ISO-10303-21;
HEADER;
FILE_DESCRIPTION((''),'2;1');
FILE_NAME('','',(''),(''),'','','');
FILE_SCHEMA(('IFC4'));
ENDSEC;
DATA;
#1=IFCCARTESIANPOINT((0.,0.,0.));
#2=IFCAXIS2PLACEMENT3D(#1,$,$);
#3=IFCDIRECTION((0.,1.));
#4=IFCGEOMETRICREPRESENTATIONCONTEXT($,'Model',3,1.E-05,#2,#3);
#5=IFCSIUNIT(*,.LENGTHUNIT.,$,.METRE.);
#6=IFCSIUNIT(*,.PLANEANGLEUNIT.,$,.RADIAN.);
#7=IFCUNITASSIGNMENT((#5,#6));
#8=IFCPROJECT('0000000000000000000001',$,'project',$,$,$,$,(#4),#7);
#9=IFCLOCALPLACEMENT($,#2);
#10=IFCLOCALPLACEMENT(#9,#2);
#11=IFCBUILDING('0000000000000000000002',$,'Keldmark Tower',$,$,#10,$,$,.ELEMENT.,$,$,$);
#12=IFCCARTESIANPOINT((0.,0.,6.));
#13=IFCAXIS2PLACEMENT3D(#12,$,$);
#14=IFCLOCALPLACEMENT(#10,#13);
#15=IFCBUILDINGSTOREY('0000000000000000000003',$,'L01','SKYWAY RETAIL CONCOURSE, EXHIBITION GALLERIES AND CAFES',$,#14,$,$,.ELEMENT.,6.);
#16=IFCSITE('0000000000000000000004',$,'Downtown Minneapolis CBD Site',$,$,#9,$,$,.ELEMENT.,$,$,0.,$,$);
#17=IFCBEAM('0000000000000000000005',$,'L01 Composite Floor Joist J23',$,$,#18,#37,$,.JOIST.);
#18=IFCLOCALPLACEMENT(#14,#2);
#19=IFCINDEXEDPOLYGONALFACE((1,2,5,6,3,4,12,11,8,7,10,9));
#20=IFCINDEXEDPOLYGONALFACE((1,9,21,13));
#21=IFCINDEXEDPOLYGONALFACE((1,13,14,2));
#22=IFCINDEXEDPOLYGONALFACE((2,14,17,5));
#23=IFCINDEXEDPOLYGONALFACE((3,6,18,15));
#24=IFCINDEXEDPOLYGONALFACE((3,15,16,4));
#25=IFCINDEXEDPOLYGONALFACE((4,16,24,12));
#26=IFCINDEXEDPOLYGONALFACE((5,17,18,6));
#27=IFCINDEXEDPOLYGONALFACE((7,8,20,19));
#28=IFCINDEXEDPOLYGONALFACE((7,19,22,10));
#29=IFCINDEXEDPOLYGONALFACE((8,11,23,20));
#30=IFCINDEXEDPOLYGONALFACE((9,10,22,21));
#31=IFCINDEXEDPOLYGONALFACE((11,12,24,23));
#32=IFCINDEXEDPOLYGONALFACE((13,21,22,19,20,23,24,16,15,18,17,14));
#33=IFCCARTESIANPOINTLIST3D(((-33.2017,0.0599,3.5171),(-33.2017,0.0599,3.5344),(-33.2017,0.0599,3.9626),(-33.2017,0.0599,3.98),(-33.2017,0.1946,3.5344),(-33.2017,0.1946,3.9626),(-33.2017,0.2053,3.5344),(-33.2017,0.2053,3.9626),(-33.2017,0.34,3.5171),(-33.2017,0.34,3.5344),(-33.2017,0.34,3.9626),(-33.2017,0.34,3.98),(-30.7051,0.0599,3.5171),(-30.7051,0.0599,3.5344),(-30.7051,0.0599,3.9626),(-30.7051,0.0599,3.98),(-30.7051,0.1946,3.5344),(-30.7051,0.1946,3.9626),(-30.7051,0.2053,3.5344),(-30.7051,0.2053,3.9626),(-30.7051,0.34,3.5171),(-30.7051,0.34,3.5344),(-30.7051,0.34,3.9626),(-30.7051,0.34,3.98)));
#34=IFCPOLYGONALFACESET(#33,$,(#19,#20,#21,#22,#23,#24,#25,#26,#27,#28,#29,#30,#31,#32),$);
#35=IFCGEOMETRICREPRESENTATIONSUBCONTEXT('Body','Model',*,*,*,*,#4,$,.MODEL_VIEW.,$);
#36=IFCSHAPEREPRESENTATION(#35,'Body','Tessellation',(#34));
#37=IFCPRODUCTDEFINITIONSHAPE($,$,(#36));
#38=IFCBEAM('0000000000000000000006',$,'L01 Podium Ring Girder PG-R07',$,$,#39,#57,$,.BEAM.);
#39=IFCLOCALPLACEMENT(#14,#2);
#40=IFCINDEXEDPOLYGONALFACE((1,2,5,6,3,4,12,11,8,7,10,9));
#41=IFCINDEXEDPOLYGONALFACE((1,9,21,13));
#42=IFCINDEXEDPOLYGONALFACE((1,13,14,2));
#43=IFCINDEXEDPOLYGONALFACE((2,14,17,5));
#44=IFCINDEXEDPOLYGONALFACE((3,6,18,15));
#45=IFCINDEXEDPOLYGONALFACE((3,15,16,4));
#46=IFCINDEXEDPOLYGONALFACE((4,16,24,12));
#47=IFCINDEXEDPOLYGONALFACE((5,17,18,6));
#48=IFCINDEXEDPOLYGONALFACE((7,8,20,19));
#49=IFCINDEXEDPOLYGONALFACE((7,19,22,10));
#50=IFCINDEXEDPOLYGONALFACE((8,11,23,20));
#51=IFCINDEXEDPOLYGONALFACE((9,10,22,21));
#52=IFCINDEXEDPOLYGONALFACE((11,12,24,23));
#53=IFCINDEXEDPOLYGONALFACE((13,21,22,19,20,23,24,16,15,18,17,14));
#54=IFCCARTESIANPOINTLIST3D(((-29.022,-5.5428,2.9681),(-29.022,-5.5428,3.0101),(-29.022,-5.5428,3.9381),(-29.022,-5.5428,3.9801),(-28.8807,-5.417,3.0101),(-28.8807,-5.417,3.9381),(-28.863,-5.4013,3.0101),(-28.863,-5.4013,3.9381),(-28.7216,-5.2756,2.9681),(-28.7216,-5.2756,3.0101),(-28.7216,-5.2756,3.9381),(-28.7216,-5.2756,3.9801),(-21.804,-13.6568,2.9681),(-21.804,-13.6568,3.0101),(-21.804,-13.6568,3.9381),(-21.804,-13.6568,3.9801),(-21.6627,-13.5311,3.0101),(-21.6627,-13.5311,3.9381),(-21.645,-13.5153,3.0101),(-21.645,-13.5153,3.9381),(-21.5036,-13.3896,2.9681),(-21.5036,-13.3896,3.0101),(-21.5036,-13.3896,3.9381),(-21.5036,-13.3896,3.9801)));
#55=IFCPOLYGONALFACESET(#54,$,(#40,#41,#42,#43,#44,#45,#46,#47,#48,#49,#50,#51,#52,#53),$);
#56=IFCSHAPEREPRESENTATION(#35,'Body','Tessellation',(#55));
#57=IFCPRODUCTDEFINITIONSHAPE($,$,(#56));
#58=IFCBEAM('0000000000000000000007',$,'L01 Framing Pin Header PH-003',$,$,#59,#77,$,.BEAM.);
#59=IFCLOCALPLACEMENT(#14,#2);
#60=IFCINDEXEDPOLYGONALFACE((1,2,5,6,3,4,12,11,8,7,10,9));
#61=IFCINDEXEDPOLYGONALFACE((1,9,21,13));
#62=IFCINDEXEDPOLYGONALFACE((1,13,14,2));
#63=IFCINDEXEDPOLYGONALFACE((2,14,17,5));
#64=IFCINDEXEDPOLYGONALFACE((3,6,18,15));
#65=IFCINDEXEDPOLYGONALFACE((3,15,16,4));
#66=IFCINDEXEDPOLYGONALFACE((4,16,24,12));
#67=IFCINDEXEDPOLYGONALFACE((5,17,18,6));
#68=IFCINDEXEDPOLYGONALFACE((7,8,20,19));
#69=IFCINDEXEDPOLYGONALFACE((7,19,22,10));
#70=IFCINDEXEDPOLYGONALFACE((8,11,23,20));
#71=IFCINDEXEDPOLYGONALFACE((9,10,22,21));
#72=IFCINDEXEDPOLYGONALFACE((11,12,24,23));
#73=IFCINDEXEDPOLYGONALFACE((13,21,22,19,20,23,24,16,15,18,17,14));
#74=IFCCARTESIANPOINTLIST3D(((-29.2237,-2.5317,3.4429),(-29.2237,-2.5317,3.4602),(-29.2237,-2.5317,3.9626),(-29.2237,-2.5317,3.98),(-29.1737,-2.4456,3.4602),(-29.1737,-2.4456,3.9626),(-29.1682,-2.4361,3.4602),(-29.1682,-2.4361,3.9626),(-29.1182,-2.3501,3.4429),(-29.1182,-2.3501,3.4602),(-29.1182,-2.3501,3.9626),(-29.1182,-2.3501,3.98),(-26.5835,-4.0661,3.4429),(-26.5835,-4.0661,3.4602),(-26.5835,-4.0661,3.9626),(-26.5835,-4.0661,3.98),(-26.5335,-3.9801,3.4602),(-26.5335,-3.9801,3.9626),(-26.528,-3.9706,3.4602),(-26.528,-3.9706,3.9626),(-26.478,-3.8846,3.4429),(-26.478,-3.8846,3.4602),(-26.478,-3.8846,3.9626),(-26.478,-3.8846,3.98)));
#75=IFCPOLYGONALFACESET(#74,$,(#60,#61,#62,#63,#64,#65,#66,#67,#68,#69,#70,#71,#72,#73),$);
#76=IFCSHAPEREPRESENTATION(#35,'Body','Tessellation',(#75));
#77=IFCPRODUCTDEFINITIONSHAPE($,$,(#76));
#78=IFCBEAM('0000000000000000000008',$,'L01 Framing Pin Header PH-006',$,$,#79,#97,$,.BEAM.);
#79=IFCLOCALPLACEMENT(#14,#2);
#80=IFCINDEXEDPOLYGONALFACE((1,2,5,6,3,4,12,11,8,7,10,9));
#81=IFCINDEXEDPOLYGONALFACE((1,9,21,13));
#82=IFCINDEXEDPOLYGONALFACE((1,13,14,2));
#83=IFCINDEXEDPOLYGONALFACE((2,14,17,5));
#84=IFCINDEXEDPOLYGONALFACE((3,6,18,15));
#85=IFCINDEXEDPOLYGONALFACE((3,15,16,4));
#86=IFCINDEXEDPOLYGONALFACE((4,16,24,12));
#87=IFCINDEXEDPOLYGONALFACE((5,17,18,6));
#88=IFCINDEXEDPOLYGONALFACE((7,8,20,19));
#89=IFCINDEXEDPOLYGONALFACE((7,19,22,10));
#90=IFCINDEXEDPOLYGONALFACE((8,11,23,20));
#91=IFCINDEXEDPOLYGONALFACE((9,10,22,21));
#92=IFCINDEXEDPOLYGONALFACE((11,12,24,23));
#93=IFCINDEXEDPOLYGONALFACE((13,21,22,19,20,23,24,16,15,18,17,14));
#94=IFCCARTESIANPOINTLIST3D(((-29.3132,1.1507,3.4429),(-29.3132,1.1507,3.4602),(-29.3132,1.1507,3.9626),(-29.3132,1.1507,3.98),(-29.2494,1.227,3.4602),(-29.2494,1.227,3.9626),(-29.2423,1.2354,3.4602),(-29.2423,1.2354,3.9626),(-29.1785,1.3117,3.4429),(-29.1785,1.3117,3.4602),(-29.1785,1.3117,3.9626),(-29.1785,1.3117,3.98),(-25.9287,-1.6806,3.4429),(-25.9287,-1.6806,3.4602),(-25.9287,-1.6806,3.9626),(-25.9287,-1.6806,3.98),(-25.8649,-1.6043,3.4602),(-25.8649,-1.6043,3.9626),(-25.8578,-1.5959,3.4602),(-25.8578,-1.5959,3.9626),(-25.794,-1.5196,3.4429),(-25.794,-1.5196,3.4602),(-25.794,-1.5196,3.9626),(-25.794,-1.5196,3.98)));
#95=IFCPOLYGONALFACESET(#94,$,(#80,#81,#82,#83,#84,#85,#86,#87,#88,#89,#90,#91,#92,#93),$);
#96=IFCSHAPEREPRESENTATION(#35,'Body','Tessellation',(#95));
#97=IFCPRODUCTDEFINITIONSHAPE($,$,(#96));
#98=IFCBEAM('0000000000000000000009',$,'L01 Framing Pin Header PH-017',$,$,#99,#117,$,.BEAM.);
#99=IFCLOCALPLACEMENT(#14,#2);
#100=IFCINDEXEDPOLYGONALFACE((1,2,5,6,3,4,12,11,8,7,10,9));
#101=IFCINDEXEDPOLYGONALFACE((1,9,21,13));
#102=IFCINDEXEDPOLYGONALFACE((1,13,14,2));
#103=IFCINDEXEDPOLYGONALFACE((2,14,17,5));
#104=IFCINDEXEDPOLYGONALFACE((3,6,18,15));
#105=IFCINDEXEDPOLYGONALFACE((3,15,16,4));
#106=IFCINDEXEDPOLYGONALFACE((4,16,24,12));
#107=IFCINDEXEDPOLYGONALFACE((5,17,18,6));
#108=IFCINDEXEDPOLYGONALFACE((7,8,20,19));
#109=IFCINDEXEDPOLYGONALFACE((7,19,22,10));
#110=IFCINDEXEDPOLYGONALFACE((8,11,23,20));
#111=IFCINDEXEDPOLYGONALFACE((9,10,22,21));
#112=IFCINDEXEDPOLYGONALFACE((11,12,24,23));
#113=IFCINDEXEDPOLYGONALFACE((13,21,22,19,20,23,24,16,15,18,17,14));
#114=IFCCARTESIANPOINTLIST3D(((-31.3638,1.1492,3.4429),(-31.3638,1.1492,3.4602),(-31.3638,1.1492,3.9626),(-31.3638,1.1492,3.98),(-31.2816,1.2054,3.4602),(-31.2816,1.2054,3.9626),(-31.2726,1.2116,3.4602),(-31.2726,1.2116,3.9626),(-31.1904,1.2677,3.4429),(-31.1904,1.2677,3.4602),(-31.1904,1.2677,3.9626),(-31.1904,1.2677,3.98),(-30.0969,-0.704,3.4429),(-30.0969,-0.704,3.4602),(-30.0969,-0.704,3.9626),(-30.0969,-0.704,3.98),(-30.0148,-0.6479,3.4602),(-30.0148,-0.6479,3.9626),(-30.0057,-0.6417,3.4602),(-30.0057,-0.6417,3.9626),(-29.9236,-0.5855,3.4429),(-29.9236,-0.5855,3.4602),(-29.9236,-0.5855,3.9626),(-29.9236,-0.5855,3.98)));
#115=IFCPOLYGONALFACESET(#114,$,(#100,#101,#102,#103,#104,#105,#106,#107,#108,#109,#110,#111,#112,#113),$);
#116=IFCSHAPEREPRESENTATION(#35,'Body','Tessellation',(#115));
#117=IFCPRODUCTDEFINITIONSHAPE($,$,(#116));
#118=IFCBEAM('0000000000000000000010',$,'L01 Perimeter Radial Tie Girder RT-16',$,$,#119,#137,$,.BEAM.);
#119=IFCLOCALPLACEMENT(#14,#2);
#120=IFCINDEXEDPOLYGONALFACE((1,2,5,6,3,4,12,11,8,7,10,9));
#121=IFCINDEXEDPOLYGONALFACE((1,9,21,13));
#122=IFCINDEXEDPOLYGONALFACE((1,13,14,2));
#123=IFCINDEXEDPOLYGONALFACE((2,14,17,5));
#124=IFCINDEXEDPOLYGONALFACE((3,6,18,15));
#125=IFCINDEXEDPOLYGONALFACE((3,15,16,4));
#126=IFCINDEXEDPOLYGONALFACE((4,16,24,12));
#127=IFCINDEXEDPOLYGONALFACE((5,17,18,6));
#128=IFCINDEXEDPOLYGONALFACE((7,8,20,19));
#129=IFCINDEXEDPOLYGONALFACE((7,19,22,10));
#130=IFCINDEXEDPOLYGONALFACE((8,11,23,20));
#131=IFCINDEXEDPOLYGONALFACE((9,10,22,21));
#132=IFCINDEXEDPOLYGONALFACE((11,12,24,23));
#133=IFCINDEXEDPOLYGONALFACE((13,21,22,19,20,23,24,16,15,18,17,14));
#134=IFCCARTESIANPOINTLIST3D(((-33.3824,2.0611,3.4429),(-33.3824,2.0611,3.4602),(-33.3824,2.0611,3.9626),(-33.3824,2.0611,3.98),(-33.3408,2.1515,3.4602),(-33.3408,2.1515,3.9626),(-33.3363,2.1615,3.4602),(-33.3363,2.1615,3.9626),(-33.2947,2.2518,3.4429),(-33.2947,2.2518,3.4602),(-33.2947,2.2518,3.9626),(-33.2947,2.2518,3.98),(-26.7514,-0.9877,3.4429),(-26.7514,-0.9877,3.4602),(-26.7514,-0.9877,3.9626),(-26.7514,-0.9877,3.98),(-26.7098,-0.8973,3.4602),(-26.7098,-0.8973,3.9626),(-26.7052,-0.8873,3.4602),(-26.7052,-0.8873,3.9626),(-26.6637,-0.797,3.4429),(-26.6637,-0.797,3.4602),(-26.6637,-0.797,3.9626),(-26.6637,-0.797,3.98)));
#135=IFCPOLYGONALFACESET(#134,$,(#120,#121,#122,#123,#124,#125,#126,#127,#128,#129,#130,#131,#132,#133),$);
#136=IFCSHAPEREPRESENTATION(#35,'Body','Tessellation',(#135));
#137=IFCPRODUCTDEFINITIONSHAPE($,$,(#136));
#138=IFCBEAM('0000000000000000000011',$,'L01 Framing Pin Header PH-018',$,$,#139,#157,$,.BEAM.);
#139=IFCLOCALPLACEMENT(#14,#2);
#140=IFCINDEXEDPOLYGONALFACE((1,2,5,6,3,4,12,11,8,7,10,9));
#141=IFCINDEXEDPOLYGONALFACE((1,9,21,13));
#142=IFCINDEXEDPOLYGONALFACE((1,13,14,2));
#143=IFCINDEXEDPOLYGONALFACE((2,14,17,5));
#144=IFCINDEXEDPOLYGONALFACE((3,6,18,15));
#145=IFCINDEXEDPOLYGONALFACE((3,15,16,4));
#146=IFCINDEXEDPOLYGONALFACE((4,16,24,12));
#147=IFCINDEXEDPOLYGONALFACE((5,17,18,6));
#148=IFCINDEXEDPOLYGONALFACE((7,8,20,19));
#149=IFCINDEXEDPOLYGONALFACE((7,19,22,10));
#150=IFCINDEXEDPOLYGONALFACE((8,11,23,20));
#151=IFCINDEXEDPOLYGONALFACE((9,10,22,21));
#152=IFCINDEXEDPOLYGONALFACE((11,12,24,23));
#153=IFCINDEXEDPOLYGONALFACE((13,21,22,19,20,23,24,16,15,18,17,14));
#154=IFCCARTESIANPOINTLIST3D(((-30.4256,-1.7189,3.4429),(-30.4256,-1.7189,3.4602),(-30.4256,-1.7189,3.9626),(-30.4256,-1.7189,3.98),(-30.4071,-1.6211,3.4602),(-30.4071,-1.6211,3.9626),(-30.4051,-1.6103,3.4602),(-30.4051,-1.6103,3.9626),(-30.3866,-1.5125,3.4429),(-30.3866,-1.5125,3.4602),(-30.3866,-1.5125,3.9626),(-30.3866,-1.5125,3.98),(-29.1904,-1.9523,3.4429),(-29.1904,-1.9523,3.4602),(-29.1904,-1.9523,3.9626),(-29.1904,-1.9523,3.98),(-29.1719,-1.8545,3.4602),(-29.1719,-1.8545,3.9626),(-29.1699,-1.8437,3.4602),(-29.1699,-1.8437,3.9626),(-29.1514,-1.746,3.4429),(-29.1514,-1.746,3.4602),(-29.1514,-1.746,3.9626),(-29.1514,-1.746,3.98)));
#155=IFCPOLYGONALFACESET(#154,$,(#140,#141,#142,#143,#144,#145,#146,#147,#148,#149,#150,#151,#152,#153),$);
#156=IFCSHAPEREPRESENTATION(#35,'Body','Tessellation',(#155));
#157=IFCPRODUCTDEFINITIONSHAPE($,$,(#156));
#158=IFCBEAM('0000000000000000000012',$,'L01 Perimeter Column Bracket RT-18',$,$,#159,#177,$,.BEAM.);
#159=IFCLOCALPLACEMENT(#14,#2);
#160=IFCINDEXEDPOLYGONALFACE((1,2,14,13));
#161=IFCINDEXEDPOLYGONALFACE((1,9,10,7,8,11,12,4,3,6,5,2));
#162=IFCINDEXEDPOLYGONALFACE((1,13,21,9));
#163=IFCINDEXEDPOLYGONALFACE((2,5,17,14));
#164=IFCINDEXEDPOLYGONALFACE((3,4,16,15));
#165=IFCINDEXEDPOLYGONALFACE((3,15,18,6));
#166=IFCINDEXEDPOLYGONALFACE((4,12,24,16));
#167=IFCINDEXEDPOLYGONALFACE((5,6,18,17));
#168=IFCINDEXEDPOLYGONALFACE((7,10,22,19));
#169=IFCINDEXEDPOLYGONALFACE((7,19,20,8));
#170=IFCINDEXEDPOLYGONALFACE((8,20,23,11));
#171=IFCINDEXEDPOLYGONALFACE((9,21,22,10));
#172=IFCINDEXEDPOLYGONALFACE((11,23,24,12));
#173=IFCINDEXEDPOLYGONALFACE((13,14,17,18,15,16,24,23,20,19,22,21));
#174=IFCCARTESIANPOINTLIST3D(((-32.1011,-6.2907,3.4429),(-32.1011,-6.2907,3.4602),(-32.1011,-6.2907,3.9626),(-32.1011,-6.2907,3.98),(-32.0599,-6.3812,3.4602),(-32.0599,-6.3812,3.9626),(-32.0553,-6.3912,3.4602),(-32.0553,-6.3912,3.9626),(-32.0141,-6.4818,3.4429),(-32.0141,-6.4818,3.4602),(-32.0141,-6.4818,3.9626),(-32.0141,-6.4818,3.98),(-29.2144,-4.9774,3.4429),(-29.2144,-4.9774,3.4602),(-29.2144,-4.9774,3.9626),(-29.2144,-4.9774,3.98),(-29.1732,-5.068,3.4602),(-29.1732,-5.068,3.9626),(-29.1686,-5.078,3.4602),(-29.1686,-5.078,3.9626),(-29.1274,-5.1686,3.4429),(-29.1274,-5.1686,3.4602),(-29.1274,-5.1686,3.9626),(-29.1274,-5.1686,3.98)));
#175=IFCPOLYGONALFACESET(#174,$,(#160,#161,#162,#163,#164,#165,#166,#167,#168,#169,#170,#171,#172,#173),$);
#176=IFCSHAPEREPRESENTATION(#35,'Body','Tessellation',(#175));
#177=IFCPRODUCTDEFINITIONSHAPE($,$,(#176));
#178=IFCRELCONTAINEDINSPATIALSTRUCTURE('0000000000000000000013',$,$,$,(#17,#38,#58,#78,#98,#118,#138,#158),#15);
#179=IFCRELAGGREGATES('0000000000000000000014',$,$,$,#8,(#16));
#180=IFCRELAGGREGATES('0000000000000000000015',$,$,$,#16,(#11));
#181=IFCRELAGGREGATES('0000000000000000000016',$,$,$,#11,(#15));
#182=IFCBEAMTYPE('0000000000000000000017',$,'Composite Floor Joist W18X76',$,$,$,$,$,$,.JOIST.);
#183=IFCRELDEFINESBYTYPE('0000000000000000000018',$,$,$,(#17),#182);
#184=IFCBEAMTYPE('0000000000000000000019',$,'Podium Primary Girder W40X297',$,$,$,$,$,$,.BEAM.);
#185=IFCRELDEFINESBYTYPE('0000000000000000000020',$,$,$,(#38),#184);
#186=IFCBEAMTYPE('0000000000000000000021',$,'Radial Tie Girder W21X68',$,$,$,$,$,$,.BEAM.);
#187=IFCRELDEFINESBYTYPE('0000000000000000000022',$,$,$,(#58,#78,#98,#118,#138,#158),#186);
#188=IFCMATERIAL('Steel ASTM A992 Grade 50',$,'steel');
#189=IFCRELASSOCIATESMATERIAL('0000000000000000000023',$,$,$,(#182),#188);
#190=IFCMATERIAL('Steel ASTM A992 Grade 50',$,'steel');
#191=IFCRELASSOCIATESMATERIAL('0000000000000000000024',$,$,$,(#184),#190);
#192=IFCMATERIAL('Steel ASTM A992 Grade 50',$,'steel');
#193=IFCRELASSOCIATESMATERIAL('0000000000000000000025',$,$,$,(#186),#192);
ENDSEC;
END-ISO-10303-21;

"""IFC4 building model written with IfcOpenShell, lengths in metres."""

from ifc_helpers import new_model, si_unit, direction, frame, origin, origin_2d, place, context, subcontext, project, spatial, i_section, extrude, material, material_profile, profile_set, type_object, element, save


model = new_model("IFC4")

# Units and contexts
model_context = context("Model", 3, precision=1e-05, world=origin(), true_north=direction((0.0, 1.0)))
body_context = subcontext(model_context, "Body", "Model", "MODEL_VIEW")
ifc_project = project(units=[si_unit("LENGTHUNIT", "METRE"), si_unit("PLANEANGLEUNIT", "RADIAN")], contexts=[model_context])

# Site, building, storey
site_placement = place(None, origin())
site = spatial("IfcSite", under=ifc_project, at=site_placement, Name="Downtown Minneapolis CBD Site", CompositionType="ELEMENT", RefElevation=0.0)
building_placement = place(site_placement, origin())
building = spatial("IfcBuilding", under=site, at=building_placement, Name="Keldmark Tower", CompositionType="ELEMENT")
storey_placement = place(building_placement, frame((0.0, 0.0, 6.0)))
storey = spatial("IfcBuildingStorey", under=building, at=storey_placement, Name="L01", Description="SKYWAY RETAIL CONCOURSE, EXHIBITION GALLERIES AND CAFES", CompositionType="ELEMENT", Elevation=6.0)

# Beams
ifc_material_1 = material(Name="Steel ASTM A992 Grade 50", Category="steel")
ifc_material_profile_1 = material_profile(ifc_material_1, i_section(OverallWidth=0.28, OverallDepth=0.4629, WebThickness=0.0107, FlangeThickness=0.0173, at=origin_2d()), Name="W18X76")
ifc_profile_set_1 = profile_set([ifc_material_profile_1], Name="Steel ASTM A992 Grade 50")
beam_type_1 = type_object("IfcBeamType", Name="Composite Floor Joist W18X76", PredefinedType="JOIST", material=ifc_profile_set_1)
beam_1_placement = place(storey_placement, frame((-33.2017, 0.2, 3.7485), z_axis=(1.0, 0.0, 0.0), x_axis=(0.0, 1.0, 0.0)))
element("IfcBeam", 1, at=beam_1_placement, inside=storey, type_object=beam_type_1, Name="L01 Composite Floor Joist J23", PredefinedType="JOIST", context=body_context, shape_type="SweptSolid", body=[
    extrude(i_section(OverallWidth=0.28, OverallDepth=0.4629, WebThickness=0.0107, FlangeThickness=0.0173, at=origin_2d()), origin(), (0.0, 0.0, 1.0), 2.4966),
])
ifc_material_2 = material(Name="Steel ASTM A992 Grade 50", Category="steel")
ifc_material_profile_2 = material_profile(ifc_material_2, i_section(OverallWidth=0.4021, OverallDepth=1.012, WebThickness=0.0237, FlangeThickness=0.042, at=origin_2d()), Name="W40X297")
ifc_profile_set_2 = profile_set([ifc_material_profile_2], Name="Steel ASTM A992 Grade 50")
beam_type_2 = type_object("IfcBeamType", Name="Podium Primary Girder W40X297", PredefinedType="BEAM", material=ifc_profile_set_2)
beam_2_placement = place(storey_placement, frame((-28.8718, -5.4092, 3.4741), z_axis=(0.66465, -0.747155, 0.0), x_axis=(0.747155, 0.66465, 0.0)))
element("IfcBeam", 2, at=beam_2_placement, inside=storey, type_object=beam_type_2, Name="L01 Podium Ring Girder PG-R07", PredefinedType="BEAM", context=body_context, shape_type="SweptSolid", body=[
    extrude(i_section(OverallWidth=0.4021, OverallDepth=1.012, WebThickness=0.0237, FlangeThickness=0.042, at=origin_2d()), origin(), (0.0, 0.0, 1.0), 10.8599),
])
ifc_material_3 = material(Name="Steel ASTM A992 Grade 50", Category="steel")
ifc_material_profile_3 = material_profile(ifc_material_3, i_section(OverallWidth=0.21, OverallDepth=0.5371, WebThickness=0.011, FlangeThickness=0.0173, at=origin_2d()), Name="W21X68")
ifc_profile_set_3 = profile_set([ifc_material_profile_3], Name="Steel ASTM A992 Grade 50")
beam_type_3 = type_object("IfcBeamType", Name="Radial Tie Girder W21X68", PredefinedType="BEAM", material=ifc_profile_set_3)
beam_3_placement = place(storey_placement, frame((-26.5308, -3.9753, 3.7114), z_axis=(-0.864584, 0.502488, 0.0), x_axis=(-0.502488, -0.864584, 0.0)))
element("IfcBeam", 3, at=beam_3_placement, inside=storey, type_object=beam_type_3, Name="L01 Framing Pin Header PH-003", PredefinedType="BEAM", context=body_context, shape_type="SweptSolid", body=[
    extrude(i_section(OverallWidth=0.21, OverallDepth=0.5371, WebThickness=0.011, FlangeThickness=0.0173, at=origin_2d()), origin(), (0.0, 0.0, 1.0), 3.0537),
])
beam_4_placement = place(storey_placement, frame((-25.8613, -1.6001, 3.7114), z_axis=(-0.767009, 0.641636, 0.0), x_axis=(-0.641636, -0.767009, 0.0)))
element("IfcBeam", 4, at=beam_4_placement, inside=storey, type_object=beam_type_3, Name="L01 Framing Pin Header PH-006", PredefinedType="BEAM", context=body_context, shape_type="SweptSolid", body=[
    extrude(i_section(OverallWidth=0.21, OverallDepth=0.5371, WebThickness=0.011, FlangeThickness=0.0173, at=origin_2d()), origin(), (0.0, 0.0, 1.0), 4.4126),
])
beam_5_placement = place(storey_placement, frame((-30.0103, -0.6448, 3.7114), z_axis=(-0.564325, 0.825553, 0.0), x_axis=(-0.825553, -0.564325, 0.0)))
element("IfcBeam", 5, at=beam_5_placement, inside=storey, type_object=beam_type_3, Name="L01 Framing Pin Header PH-017", PredefinedType="BEAM", context=body_context, shape_type="SweptSolid", body=[
    extrude(i_section(OverallWidth=0.21, OverallDepth=0.5371, WebThickness=0.011, FlangeThickness=0.0173, at=origin_2d()), origin(), (0.0, 0.0, 1.0), 2.2449),
])
beam_6_placement = place(storey_placement, frame((-26.7075, -0.8923, 3.7114), z_axis=(-0.908567, 0.417738, 0.0), x_axis=(-0.417738, -0.908567, 0.0)))
element("IfcBeam", 6, at=beam_6_placement, inside=storey, type_object=beam_type_3, Name="L01 Perimeter Radial Tie Girder RT-16", PredefinedType="BEAM", context=body_context, shape_type="SweptSolid", body=[
    extrude(i_section(OverallWidth=0.21, OverallDepth=0.5371, WebThickness=0.011, FlangeThickness=0.0173, at=origin_2d()), origin(), (0.0, 0.0, 1.0), 7.2983),
])
beam_7_placement = place(storey_placement, frame((-29.1709, -1.8491, 3.7114), z_axis=(-0.98261, 0.185684, 0.0), x_axis=(-0.185684, -0.98261, 0.0)))
element("IfcBeam", 7, at=beam_7_placement, inside=storey, type_object=beam_type_3, Name="L01 Framing Pin Header PH-018", PredefinedType="BEAM", context=body_context, shape_type="SweptSolid", body=[
    extrude(i_section(OverallWidth=0.21, OverallDepth=0.5371, WebThickness=0.011, FlangeThickness=0.0173, at=origin_2d()), origin(), (0.0, 0.0, 1.0), 1.2571),
])
beam_8_placement = place(storey_placement, frame((-29.1709, -5.073, 3.7114), z_axis=(-0.910237, -0.414087, 0.0), x_axis=(0.414087, -0.910237, 0.0)))
element("IfcBeam", 8, at=beam_8_placement, inside=storey, type_object=beam_type_3, Name="L01 Perimeter Column Bracket RT-18", PredefinedType="BEAM", context=body_context, shape_type="SweptSolid", body=[
    extrude(i_section(OverallWidth=0.21, OverallDepth=0.5371, WebThickness=0.011, FlangeThickness=0.0173, at=origin_2d()), origin(), (0.0, 0.0, 1.0), 3.1714),
])

save(model, "model.ifc")
